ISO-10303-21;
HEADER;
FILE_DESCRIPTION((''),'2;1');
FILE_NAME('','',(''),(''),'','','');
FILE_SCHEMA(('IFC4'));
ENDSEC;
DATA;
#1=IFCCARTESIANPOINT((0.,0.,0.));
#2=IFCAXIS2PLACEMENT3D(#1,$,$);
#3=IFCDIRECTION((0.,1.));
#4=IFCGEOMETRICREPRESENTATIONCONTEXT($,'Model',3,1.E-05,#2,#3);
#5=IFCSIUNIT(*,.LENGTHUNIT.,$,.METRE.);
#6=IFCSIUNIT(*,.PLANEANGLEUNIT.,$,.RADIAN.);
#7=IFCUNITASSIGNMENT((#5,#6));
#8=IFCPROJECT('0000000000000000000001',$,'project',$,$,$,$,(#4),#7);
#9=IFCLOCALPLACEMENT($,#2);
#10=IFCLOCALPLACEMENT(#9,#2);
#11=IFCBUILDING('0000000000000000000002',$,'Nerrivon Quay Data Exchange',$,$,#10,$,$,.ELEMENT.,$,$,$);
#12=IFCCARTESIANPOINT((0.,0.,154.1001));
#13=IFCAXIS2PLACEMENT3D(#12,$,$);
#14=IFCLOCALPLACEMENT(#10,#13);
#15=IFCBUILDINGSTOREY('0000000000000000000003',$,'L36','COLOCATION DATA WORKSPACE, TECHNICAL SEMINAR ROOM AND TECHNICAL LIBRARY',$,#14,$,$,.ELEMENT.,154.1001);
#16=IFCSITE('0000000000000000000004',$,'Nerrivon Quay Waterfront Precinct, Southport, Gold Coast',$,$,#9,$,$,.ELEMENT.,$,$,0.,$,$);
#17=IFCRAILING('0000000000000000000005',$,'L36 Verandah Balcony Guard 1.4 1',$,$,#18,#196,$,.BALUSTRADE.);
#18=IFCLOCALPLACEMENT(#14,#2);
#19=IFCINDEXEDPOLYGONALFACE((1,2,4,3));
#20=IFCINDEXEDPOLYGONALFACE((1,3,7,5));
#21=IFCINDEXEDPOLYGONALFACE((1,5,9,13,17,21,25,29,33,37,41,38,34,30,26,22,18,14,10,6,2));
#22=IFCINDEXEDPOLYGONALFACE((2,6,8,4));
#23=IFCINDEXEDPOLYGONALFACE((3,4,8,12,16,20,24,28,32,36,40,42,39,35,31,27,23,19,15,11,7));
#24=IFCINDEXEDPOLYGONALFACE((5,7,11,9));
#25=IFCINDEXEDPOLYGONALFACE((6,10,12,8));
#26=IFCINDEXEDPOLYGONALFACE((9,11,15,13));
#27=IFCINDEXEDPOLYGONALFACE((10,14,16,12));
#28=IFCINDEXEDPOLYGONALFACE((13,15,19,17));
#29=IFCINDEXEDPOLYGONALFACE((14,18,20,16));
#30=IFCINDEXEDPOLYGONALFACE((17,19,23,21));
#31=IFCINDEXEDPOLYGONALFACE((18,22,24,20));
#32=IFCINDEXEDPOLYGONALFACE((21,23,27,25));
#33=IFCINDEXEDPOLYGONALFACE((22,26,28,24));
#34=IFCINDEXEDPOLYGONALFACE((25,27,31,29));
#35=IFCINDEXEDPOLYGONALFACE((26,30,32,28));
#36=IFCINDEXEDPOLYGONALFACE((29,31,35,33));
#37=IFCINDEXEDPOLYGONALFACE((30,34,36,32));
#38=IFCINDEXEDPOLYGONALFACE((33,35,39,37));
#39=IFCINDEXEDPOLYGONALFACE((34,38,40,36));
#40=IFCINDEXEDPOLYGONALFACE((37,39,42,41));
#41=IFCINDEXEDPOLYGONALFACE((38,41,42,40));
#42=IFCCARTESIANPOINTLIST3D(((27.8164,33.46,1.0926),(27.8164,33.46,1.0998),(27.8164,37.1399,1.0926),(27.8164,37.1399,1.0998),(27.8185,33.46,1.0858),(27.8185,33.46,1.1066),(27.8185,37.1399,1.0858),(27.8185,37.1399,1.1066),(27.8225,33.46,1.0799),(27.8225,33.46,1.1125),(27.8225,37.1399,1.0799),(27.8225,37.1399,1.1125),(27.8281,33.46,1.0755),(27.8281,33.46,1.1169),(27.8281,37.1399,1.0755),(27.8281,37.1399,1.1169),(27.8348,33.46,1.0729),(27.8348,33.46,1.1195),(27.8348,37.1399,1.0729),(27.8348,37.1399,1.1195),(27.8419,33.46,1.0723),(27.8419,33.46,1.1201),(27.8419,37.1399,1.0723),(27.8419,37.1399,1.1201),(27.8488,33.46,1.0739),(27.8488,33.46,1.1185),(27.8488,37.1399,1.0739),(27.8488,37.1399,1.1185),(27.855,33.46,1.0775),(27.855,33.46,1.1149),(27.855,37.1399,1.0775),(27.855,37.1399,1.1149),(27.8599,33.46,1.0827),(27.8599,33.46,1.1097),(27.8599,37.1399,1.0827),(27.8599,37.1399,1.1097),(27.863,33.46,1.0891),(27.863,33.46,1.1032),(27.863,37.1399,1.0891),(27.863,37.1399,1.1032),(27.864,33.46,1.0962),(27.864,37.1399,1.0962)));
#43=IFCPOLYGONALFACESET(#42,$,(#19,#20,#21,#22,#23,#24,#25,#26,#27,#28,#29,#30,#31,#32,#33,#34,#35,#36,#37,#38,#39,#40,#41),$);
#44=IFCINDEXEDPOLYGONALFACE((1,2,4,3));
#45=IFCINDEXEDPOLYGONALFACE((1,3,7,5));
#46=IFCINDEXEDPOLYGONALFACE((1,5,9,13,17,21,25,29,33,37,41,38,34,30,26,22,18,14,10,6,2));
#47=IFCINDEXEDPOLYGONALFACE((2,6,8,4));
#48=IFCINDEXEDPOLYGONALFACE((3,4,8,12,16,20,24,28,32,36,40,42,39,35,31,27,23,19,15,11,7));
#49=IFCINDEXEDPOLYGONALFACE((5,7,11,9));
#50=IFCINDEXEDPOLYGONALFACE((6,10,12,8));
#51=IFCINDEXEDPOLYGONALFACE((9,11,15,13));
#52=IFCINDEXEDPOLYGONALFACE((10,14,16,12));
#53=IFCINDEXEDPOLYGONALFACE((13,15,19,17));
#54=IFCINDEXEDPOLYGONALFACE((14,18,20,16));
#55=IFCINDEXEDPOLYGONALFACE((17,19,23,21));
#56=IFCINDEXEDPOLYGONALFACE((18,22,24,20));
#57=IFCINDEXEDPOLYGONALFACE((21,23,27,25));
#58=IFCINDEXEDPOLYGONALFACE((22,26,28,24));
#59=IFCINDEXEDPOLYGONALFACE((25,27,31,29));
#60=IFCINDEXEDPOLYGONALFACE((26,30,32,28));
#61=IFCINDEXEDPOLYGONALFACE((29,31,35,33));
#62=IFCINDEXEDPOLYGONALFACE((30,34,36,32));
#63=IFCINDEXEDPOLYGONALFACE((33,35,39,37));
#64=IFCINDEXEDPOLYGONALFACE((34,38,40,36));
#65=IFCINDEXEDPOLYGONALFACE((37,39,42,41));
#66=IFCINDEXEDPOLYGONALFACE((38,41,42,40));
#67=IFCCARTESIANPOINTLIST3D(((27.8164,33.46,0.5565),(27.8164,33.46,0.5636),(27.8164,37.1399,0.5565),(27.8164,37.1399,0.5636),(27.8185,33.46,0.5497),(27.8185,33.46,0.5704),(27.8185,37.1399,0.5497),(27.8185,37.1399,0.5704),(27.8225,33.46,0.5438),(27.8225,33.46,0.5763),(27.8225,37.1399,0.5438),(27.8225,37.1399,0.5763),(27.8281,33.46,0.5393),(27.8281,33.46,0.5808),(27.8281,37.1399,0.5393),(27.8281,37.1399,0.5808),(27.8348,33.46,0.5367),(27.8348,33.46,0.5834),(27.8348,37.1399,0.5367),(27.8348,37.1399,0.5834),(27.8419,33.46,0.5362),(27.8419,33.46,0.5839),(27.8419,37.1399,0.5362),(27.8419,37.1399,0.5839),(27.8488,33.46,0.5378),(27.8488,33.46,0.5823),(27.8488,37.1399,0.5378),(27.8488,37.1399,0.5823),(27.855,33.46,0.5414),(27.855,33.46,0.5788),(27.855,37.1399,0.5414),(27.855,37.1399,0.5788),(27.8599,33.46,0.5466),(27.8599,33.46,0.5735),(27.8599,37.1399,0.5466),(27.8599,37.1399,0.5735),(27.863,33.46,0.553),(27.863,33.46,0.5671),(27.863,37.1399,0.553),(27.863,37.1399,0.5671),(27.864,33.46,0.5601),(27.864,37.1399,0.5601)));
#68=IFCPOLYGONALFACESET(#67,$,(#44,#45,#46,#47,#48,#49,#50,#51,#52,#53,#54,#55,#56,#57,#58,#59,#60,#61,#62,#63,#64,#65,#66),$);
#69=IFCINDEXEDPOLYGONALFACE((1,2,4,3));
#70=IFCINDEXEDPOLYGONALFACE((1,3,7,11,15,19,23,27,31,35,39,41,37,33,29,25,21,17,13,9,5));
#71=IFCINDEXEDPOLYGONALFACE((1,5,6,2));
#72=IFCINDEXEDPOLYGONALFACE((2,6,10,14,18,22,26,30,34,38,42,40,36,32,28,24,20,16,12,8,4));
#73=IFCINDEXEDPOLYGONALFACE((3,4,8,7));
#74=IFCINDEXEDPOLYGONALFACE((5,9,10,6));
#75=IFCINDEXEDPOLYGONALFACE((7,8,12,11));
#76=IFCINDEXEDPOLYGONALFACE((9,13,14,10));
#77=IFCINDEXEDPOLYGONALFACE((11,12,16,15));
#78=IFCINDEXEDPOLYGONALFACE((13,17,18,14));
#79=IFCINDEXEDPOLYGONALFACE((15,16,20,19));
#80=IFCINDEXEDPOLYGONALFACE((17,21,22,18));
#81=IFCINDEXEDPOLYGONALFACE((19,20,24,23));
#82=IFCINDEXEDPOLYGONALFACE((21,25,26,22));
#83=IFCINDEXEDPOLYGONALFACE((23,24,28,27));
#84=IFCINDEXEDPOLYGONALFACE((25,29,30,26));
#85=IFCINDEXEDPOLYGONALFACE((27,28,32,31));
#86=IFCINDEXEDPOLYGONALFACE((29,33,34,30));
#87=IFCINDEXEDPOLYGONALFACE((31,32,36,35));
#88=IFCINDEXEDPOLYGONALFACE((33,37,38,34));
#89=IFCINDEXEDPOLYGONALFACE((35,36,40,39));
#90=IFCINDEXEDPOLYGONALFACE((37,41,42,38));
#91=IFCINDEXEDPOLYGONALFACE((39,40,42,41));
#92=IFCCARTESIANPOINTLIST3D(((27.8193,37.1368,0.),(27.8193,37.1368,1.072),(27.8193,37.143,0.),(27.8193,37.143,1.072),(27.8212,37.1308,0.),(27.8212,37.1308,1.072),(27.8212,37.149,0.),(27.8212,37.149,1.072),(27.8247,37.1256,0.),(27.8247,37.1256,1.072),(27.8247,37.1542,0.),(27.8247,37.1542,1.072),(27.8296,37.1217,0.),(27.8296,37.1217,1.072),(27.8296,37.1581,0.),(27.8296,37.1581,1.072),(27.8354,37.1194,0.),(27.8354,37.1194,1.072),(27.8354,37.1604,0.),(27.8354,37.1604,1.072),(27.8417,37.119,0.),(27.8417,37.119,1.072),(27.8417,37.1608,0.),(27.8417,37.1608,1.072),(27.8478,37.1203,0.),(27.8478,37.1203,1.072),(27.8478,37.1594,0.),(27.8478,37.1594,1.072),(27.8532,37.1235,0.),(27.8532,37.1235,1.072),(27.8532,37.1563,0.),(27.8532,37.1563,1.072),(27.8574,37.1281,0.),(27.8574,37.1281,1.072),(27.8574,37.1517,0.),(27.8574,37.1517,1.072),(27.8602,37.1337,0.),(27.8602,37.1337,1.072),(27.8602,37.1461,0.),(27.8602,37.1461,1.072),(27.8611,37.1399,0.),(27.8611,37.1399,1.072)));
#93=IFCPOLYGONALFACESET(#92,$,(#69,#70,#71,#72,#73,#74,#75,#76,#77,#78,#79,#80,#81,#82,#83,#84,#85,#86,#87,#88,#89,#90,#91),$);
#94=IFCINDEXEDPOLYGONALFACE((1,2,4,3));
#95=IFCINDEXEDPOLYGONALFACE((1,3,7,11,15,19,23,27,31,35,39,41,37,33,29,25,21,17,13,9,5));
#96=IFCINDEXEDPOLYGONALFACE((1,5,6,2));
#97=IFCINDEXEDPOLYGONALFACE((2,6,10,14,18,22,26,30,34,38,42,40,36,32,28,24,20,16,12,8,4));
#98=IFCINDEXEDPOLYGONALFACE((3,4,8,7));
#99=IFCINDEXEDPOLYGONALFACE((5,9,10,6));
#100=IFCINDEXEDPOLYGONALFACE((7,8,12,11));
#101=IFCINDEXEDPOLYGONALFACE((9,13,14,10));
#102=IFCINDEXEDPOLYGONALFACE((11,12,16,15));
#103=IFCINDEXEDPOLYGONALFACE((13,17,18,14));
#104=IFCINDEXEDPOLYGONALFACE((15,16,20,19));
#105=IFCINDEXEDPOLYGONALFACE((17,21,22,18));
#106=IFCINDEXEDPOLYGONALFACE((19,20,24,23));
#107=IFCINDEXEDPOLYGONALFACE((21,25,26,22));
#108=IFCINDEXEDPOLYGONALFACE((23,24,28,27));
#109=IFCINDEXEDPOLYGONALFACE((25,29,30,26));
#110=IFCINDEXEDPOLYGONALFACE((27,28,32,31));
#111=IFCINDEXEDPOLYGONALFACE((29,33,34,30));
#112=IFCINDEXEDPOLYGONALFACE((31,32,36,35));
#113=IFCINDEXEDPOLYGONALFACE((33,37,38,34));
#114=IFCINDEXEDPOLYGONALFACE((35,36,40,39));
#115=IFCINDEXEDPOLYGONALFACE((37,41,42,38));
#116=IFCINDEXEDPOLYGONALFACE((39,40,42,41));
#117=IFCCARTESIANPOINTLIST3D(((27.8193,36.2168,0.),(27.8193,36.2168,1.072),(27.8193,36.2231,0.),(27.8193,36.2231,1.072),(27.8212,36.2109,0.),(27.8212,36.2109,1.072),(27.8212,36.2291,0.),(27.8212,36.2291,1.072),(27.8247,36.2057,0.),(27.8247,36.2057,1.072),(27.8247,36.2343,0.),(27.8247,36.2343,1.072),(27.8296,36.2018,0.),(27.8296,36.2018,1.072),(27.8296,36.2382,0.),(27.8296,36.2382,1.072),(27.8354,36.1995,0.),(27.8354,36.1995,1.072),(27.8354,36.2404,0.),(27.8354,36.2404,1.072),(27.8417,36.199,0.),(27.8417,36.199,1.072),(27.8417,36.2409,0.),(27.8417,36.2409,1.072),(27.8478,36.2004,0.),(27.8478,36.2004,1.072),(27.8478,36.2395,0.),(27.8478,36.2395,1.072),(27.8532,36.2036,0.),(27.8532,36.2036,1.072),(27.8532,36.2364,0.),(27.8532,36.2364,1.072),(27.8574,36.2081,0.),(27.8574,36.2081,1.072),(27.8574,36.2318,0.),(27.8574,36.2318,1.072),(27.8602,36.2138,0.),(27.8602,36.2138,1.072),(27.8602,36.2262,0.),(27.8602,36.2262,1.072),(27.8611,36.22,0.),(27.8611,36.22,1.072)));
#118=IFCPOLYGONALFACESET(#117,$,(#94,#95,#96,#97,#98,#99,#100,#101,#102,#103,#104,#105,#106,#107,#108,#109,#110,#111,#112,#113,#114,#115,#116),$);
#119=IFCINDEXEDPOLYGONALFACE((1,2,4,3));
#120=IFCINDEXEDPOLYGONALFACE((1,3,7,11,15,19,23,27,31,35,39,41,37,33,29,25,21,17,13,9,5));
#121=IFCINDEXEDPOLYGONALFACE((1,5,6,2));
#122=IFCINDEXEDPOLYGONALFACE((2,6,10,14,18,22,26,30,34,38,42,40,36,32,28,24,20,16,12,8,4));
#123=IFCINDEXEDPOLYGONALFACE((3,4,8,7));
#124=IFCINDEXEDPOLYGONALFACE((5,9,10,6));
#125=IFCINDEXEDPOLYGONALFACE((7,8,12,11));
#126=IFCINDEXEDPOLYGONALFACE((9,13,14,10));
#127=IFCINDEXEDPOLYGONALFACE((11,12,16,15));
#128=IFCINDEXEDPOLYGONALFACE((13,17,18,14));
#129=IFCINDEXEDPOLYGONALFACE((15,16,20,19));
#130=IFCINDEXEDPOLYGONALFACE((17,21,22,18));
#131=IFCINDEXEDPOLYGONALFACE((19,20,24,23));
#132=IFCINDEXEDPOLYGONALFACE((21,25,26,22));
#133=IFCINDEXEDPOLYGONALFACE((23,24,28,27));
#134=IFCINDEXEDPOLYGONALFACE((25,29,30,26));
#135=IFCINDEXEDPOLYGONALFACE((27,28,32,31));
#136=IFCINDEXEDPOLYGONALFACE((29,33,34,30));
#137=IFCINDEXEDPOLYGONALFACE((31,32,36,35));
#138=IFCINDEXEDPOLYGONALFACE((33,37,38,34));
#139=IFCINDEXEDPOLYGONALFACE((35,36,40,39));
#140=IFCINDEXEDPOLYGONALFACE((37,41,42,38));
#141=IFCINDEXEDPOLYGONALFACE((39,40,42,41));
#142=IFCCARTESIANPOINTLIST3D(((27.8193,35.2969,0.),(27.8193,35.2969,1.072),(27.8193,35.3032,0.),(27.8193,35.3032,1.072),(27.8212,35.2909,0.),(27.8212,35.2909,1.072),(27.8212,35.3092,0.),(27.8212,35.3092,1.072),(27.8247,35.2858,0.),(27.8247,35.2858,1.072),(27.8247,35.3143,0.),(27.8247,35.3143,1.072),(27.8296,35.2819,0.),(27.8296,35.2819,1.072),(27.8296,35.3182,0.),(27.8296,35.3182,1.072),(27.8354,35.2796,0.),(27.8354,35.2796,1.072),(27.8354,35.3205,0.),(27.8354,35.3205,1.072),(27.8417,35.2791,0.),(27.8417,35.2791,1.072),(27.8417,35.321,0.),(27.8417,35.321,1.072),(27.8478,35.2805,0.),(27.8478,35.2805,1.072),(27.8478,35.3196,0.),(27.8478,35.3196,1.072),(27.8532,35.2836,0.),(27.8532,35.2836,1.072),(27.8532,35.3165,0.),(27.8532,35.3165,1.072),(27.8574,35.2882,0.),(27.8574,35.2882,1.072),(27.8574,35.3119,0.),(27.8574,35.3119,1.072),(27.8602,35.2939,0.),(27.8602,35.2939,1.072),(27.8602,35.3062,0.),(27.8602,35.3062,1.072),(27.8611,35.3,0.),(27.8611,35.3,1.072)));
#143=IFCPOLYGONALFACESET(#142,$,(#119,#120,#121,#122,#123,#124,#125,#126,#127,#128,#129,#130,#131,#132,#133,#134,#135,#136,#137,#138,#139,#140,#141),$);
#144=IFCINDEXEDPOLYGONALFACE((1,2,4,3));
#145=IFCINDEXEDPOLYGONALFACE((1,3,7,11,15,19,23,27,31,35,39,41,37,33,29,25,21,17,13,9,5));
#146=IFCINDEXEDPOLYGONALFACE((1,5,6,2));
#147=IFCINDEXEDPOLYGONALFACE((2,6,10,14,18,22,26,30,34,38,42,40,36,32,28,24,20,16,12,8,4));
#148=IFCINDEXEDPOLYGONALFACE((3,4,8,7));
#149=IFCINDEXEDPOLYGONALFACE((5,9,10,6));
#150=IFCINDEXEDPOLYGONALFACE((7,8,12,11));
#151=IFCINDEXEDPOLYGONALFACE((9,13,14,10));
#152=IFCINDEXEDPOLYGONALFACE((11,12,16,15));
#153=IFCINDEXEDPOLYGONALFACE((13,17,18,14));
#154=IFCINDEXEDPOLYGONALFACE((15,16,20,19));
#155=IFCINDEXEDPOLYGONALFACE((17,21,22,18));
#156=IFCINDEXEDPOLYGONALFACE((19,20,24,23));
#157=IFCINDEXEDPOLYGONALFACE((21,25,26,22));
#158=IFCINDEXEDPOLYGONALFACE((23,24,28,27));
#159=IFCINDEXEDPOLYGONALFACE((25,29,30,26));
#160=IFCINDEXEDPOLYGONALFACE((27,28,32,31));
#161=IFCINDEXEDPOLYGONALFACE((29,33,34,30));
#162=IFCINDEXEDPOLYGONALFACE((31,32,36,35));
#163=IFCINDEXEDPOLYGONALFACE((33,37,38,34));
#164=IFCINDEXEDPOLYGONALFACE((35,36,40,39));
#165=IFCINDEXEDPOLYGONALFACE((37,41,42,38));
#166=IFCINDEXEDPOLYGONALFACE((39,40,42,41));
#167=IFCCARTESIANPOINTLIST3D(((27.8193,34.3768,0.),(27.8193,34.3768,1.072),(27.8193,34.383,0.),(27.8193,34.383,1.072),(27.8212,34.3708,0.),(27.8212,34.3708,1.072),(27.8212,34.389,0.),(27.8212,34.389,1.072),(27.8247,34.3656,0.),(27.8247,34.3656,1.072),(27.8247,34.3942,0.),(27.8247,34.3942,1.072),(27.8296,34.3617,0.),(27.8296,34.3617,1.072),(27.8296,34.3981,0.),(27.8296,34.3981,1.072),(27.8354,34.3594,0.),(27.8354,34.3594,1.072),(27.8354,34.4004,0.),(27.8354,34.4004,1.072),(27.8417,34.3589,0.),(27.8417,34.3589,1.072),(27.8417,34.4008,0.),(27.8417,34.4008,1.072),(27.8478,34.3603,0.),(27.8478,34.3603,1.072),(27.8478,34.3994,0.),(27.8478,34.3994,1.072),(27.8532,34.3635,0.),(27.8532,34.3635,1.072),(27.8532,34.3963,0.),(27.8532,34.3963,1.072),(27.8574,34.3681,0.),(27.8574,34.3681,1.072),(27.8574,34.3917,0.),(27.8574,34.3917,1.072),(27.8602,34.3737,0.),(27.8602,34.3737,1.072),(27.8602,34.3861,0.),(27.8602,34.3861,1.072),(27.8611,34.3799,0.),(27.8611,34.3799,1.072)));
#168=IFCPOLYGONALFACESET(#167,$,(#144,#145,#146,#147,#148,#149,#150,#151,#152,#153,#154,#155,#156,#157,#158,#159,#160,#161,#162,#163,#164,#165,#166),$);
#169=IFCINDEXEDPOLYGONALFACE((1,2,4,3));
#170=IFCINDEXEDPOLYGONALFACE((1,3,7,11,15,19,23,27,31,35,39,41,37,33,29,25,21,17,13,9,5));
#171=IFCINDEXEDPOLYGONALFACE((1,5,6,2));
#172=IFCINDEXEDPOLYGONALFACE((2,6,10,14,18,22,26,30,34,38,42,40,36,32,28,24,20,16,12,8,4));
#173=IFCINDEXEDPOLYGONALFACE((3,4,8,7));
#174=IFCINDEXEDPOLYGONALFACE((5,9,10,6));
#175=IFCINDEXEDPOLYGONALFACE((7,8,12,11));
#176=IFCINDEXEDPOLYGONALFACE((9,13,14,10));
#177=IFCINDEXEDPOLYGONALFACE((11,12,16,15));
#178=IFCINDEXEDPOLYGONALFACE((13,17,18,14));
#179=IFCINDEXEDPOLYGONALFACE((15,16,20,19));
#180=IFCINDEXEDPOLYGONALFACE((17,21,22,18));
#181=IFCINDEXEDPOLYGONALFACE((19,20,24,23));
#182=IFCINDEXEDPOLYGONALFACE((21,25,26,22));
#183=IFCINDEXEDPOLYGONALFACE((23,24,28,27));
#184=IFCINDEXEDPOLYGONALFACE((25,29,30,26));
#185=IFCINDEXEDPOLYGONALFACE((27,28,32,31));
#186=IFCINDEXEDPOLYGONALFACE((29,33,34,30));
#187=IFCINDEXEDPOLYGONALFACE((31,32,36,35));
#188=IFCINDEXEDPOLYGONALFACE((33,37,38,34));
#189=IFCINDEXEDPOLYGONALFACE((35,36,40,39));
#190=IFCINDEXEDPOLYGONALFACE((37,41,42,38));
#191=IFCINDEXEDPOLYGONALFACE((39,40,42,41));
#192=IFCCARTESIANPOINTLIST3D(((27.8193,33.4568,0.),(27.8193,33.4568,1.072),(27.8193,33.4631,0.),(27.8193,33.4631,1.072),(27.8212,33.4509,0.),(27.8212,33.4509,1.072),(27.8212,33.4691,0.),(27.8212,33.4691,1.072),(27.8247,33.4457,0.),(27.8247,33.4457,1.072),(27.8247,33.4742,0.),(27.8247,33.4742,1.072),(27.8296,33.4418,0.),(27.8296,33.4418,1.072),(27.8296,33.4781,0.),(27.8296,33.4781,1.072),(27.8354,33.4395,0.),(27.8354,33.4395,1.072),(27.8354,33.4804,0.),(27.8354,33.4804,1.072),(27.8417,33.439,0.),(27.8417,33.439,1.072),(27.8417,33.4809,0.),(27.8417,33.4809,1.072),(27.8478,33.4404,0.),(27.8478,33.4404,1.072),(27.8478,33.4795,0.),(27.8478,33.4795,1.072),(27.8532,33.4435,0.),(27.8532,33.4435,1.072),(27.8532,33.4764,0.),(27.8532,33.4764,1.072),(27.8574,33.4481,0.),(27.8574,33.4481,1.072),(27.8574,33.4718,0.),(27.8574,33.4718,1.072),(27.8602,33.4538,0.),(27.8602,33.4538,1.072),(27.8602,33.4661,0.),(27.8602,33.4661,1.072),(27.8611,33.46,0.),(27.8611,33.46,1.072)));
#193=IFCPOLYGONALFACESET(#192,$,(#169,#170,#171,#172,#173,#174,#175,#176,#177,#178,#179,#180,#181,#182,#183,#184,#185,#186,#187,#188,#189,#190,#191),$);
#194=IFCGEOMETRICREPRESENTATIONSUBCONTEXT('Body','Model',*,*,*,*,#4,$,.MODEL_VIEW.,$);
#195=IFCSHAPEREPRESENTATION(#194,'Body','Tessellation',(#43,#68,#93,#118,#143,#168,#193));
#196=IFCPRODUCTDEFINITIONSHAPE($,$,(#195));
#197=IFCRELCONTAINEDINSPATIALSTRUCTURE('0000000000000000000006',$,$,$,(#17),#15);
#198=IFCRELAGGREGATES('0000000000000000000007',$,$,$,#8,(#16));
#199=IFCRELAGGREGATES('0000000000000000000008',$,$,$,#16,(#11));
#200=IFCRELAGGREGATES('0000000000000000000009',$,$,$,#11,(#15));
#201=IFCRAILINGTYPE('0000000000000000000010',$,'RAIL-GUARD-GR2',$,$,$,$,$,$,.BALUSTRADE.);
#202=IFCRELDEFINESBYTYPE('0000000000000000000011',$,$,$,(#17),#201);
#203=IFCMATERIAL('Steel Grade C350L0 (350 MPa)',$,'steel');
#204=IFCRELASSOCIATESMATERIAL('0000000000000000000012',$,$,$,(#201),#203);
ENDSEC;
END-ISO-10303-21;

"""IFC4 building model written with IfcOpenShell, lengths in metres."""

from ifc_helpers import new_model, si_unit, direction, frame, origin, origin_2d, place, context, subcontext, project, spatial, circle, extrude, material, type_object, element, save


model = new_model("IFC4")

# Units and contexts
model_context = context("Model", 3, precision=1e-05, world=origin(), true_north=direction((0.0, 1.0)))
body_context = subcontext(model_context, "Body", "Model", "MODEL_VIEW")
ifc_project = project(units=[si_unit("LENGTHUNIT", "METRE"), si_unit("PLANEANGLEUNIT", "RADIAN")], contexts=[model_context])

# Site, building, storey
site_placement = place(None, origin())
site = spatial("IfcSite", under=ifc_project, at=site_placement, Name="Nerrivon Quay Waterfront Precinct, Southport, Gold Coast", CompositionType="ELEMENT", RefElevation=0.0)
building_placement = place(site_placement, origin())
building = spatial("IfcBuilding", under=site, at=building_placement, Name="Nerrivon Quay Data Exchange", CompositionType="ELEMENT")
storey_placement = place(building_placement, frame((0.0, 0.0, 154.1001)))
storey = spatial("IfcBuildingStorey", under=building, at=storey_placement, Name="L36", Description="COLOCATION DATA WORKSPACE, TECHNICAL SEMINAR ROOM AND TECHNICAL LIBRARY", CompositionType="ELEMENT", Elevation=154.1001)

# Railing
ifc_material_1 = material(Name="Steel Grade C350L0 (350 MPa)", Category="steel")
railing_type = type_object("IfcRailingType", Name="RAIL-GUARD-GR2", PredefinedType="BALUSTRADE", material=ifc_material_1)
railing_1_placement = place(storey_placement, frame((27.8401, 37.1399, 0.0)))
element("IfcRailing", 1, at=railing_1_placement, inside=storey, type_object=railing_type, Name="L36 Verandah Balcony Guard 1.4 1", PredefinedType="BALUSTRADE", context=body_context, shape_type="SweptSolid", body=[
    extrude(circle(Radius=0.0239, at=origin_2d()), frame((0.0, 0.0, 1.0962), z_axis=(0.0, -1.0, 0.0), x_axis=(1.0, 0.0, 0.0)), (0.0, 0.0, 1.0), 3.6799),
    extrude(circle(Radius=0.0239, at=origin_2d()), frame((0.0, 0.0, 0.5601), z_axis=(0.0, -1.0, 0.0), x_axis=(1.0, 0.0, 0.0)), (0.0, 0.0, 1.0), 3.6799),
    extrude(circle(Radius=0.021, at=origin_2d()), origin(), (0.0, 0.0, 1.0), 1.072),
    extrude(circle(Radius=0.021, at=origin_2d()), frame((0.0, -0.9199, 0.0)), (0.0, 0.0, 1.0), 1.072),
    extrude(circle(Radius=0.021, at=origin_2d()), frame((0.0, -1.8398, 0.0)), (0.0, 0.0, 1.0), 1.072),
    extrude(circle(Radius=0.021, at=origin_2d()), frame((0.0, -2.76, 0.0)), (0.0, 0.0, 1.0), 1.072),
    extrude(circle(Radius=0.021, at=origin_2d()), frame((0.0, -3.6799, 0.0)), (0.0, 0.0, 1.0), 1.072),
])

save(model, "model.ifc")
